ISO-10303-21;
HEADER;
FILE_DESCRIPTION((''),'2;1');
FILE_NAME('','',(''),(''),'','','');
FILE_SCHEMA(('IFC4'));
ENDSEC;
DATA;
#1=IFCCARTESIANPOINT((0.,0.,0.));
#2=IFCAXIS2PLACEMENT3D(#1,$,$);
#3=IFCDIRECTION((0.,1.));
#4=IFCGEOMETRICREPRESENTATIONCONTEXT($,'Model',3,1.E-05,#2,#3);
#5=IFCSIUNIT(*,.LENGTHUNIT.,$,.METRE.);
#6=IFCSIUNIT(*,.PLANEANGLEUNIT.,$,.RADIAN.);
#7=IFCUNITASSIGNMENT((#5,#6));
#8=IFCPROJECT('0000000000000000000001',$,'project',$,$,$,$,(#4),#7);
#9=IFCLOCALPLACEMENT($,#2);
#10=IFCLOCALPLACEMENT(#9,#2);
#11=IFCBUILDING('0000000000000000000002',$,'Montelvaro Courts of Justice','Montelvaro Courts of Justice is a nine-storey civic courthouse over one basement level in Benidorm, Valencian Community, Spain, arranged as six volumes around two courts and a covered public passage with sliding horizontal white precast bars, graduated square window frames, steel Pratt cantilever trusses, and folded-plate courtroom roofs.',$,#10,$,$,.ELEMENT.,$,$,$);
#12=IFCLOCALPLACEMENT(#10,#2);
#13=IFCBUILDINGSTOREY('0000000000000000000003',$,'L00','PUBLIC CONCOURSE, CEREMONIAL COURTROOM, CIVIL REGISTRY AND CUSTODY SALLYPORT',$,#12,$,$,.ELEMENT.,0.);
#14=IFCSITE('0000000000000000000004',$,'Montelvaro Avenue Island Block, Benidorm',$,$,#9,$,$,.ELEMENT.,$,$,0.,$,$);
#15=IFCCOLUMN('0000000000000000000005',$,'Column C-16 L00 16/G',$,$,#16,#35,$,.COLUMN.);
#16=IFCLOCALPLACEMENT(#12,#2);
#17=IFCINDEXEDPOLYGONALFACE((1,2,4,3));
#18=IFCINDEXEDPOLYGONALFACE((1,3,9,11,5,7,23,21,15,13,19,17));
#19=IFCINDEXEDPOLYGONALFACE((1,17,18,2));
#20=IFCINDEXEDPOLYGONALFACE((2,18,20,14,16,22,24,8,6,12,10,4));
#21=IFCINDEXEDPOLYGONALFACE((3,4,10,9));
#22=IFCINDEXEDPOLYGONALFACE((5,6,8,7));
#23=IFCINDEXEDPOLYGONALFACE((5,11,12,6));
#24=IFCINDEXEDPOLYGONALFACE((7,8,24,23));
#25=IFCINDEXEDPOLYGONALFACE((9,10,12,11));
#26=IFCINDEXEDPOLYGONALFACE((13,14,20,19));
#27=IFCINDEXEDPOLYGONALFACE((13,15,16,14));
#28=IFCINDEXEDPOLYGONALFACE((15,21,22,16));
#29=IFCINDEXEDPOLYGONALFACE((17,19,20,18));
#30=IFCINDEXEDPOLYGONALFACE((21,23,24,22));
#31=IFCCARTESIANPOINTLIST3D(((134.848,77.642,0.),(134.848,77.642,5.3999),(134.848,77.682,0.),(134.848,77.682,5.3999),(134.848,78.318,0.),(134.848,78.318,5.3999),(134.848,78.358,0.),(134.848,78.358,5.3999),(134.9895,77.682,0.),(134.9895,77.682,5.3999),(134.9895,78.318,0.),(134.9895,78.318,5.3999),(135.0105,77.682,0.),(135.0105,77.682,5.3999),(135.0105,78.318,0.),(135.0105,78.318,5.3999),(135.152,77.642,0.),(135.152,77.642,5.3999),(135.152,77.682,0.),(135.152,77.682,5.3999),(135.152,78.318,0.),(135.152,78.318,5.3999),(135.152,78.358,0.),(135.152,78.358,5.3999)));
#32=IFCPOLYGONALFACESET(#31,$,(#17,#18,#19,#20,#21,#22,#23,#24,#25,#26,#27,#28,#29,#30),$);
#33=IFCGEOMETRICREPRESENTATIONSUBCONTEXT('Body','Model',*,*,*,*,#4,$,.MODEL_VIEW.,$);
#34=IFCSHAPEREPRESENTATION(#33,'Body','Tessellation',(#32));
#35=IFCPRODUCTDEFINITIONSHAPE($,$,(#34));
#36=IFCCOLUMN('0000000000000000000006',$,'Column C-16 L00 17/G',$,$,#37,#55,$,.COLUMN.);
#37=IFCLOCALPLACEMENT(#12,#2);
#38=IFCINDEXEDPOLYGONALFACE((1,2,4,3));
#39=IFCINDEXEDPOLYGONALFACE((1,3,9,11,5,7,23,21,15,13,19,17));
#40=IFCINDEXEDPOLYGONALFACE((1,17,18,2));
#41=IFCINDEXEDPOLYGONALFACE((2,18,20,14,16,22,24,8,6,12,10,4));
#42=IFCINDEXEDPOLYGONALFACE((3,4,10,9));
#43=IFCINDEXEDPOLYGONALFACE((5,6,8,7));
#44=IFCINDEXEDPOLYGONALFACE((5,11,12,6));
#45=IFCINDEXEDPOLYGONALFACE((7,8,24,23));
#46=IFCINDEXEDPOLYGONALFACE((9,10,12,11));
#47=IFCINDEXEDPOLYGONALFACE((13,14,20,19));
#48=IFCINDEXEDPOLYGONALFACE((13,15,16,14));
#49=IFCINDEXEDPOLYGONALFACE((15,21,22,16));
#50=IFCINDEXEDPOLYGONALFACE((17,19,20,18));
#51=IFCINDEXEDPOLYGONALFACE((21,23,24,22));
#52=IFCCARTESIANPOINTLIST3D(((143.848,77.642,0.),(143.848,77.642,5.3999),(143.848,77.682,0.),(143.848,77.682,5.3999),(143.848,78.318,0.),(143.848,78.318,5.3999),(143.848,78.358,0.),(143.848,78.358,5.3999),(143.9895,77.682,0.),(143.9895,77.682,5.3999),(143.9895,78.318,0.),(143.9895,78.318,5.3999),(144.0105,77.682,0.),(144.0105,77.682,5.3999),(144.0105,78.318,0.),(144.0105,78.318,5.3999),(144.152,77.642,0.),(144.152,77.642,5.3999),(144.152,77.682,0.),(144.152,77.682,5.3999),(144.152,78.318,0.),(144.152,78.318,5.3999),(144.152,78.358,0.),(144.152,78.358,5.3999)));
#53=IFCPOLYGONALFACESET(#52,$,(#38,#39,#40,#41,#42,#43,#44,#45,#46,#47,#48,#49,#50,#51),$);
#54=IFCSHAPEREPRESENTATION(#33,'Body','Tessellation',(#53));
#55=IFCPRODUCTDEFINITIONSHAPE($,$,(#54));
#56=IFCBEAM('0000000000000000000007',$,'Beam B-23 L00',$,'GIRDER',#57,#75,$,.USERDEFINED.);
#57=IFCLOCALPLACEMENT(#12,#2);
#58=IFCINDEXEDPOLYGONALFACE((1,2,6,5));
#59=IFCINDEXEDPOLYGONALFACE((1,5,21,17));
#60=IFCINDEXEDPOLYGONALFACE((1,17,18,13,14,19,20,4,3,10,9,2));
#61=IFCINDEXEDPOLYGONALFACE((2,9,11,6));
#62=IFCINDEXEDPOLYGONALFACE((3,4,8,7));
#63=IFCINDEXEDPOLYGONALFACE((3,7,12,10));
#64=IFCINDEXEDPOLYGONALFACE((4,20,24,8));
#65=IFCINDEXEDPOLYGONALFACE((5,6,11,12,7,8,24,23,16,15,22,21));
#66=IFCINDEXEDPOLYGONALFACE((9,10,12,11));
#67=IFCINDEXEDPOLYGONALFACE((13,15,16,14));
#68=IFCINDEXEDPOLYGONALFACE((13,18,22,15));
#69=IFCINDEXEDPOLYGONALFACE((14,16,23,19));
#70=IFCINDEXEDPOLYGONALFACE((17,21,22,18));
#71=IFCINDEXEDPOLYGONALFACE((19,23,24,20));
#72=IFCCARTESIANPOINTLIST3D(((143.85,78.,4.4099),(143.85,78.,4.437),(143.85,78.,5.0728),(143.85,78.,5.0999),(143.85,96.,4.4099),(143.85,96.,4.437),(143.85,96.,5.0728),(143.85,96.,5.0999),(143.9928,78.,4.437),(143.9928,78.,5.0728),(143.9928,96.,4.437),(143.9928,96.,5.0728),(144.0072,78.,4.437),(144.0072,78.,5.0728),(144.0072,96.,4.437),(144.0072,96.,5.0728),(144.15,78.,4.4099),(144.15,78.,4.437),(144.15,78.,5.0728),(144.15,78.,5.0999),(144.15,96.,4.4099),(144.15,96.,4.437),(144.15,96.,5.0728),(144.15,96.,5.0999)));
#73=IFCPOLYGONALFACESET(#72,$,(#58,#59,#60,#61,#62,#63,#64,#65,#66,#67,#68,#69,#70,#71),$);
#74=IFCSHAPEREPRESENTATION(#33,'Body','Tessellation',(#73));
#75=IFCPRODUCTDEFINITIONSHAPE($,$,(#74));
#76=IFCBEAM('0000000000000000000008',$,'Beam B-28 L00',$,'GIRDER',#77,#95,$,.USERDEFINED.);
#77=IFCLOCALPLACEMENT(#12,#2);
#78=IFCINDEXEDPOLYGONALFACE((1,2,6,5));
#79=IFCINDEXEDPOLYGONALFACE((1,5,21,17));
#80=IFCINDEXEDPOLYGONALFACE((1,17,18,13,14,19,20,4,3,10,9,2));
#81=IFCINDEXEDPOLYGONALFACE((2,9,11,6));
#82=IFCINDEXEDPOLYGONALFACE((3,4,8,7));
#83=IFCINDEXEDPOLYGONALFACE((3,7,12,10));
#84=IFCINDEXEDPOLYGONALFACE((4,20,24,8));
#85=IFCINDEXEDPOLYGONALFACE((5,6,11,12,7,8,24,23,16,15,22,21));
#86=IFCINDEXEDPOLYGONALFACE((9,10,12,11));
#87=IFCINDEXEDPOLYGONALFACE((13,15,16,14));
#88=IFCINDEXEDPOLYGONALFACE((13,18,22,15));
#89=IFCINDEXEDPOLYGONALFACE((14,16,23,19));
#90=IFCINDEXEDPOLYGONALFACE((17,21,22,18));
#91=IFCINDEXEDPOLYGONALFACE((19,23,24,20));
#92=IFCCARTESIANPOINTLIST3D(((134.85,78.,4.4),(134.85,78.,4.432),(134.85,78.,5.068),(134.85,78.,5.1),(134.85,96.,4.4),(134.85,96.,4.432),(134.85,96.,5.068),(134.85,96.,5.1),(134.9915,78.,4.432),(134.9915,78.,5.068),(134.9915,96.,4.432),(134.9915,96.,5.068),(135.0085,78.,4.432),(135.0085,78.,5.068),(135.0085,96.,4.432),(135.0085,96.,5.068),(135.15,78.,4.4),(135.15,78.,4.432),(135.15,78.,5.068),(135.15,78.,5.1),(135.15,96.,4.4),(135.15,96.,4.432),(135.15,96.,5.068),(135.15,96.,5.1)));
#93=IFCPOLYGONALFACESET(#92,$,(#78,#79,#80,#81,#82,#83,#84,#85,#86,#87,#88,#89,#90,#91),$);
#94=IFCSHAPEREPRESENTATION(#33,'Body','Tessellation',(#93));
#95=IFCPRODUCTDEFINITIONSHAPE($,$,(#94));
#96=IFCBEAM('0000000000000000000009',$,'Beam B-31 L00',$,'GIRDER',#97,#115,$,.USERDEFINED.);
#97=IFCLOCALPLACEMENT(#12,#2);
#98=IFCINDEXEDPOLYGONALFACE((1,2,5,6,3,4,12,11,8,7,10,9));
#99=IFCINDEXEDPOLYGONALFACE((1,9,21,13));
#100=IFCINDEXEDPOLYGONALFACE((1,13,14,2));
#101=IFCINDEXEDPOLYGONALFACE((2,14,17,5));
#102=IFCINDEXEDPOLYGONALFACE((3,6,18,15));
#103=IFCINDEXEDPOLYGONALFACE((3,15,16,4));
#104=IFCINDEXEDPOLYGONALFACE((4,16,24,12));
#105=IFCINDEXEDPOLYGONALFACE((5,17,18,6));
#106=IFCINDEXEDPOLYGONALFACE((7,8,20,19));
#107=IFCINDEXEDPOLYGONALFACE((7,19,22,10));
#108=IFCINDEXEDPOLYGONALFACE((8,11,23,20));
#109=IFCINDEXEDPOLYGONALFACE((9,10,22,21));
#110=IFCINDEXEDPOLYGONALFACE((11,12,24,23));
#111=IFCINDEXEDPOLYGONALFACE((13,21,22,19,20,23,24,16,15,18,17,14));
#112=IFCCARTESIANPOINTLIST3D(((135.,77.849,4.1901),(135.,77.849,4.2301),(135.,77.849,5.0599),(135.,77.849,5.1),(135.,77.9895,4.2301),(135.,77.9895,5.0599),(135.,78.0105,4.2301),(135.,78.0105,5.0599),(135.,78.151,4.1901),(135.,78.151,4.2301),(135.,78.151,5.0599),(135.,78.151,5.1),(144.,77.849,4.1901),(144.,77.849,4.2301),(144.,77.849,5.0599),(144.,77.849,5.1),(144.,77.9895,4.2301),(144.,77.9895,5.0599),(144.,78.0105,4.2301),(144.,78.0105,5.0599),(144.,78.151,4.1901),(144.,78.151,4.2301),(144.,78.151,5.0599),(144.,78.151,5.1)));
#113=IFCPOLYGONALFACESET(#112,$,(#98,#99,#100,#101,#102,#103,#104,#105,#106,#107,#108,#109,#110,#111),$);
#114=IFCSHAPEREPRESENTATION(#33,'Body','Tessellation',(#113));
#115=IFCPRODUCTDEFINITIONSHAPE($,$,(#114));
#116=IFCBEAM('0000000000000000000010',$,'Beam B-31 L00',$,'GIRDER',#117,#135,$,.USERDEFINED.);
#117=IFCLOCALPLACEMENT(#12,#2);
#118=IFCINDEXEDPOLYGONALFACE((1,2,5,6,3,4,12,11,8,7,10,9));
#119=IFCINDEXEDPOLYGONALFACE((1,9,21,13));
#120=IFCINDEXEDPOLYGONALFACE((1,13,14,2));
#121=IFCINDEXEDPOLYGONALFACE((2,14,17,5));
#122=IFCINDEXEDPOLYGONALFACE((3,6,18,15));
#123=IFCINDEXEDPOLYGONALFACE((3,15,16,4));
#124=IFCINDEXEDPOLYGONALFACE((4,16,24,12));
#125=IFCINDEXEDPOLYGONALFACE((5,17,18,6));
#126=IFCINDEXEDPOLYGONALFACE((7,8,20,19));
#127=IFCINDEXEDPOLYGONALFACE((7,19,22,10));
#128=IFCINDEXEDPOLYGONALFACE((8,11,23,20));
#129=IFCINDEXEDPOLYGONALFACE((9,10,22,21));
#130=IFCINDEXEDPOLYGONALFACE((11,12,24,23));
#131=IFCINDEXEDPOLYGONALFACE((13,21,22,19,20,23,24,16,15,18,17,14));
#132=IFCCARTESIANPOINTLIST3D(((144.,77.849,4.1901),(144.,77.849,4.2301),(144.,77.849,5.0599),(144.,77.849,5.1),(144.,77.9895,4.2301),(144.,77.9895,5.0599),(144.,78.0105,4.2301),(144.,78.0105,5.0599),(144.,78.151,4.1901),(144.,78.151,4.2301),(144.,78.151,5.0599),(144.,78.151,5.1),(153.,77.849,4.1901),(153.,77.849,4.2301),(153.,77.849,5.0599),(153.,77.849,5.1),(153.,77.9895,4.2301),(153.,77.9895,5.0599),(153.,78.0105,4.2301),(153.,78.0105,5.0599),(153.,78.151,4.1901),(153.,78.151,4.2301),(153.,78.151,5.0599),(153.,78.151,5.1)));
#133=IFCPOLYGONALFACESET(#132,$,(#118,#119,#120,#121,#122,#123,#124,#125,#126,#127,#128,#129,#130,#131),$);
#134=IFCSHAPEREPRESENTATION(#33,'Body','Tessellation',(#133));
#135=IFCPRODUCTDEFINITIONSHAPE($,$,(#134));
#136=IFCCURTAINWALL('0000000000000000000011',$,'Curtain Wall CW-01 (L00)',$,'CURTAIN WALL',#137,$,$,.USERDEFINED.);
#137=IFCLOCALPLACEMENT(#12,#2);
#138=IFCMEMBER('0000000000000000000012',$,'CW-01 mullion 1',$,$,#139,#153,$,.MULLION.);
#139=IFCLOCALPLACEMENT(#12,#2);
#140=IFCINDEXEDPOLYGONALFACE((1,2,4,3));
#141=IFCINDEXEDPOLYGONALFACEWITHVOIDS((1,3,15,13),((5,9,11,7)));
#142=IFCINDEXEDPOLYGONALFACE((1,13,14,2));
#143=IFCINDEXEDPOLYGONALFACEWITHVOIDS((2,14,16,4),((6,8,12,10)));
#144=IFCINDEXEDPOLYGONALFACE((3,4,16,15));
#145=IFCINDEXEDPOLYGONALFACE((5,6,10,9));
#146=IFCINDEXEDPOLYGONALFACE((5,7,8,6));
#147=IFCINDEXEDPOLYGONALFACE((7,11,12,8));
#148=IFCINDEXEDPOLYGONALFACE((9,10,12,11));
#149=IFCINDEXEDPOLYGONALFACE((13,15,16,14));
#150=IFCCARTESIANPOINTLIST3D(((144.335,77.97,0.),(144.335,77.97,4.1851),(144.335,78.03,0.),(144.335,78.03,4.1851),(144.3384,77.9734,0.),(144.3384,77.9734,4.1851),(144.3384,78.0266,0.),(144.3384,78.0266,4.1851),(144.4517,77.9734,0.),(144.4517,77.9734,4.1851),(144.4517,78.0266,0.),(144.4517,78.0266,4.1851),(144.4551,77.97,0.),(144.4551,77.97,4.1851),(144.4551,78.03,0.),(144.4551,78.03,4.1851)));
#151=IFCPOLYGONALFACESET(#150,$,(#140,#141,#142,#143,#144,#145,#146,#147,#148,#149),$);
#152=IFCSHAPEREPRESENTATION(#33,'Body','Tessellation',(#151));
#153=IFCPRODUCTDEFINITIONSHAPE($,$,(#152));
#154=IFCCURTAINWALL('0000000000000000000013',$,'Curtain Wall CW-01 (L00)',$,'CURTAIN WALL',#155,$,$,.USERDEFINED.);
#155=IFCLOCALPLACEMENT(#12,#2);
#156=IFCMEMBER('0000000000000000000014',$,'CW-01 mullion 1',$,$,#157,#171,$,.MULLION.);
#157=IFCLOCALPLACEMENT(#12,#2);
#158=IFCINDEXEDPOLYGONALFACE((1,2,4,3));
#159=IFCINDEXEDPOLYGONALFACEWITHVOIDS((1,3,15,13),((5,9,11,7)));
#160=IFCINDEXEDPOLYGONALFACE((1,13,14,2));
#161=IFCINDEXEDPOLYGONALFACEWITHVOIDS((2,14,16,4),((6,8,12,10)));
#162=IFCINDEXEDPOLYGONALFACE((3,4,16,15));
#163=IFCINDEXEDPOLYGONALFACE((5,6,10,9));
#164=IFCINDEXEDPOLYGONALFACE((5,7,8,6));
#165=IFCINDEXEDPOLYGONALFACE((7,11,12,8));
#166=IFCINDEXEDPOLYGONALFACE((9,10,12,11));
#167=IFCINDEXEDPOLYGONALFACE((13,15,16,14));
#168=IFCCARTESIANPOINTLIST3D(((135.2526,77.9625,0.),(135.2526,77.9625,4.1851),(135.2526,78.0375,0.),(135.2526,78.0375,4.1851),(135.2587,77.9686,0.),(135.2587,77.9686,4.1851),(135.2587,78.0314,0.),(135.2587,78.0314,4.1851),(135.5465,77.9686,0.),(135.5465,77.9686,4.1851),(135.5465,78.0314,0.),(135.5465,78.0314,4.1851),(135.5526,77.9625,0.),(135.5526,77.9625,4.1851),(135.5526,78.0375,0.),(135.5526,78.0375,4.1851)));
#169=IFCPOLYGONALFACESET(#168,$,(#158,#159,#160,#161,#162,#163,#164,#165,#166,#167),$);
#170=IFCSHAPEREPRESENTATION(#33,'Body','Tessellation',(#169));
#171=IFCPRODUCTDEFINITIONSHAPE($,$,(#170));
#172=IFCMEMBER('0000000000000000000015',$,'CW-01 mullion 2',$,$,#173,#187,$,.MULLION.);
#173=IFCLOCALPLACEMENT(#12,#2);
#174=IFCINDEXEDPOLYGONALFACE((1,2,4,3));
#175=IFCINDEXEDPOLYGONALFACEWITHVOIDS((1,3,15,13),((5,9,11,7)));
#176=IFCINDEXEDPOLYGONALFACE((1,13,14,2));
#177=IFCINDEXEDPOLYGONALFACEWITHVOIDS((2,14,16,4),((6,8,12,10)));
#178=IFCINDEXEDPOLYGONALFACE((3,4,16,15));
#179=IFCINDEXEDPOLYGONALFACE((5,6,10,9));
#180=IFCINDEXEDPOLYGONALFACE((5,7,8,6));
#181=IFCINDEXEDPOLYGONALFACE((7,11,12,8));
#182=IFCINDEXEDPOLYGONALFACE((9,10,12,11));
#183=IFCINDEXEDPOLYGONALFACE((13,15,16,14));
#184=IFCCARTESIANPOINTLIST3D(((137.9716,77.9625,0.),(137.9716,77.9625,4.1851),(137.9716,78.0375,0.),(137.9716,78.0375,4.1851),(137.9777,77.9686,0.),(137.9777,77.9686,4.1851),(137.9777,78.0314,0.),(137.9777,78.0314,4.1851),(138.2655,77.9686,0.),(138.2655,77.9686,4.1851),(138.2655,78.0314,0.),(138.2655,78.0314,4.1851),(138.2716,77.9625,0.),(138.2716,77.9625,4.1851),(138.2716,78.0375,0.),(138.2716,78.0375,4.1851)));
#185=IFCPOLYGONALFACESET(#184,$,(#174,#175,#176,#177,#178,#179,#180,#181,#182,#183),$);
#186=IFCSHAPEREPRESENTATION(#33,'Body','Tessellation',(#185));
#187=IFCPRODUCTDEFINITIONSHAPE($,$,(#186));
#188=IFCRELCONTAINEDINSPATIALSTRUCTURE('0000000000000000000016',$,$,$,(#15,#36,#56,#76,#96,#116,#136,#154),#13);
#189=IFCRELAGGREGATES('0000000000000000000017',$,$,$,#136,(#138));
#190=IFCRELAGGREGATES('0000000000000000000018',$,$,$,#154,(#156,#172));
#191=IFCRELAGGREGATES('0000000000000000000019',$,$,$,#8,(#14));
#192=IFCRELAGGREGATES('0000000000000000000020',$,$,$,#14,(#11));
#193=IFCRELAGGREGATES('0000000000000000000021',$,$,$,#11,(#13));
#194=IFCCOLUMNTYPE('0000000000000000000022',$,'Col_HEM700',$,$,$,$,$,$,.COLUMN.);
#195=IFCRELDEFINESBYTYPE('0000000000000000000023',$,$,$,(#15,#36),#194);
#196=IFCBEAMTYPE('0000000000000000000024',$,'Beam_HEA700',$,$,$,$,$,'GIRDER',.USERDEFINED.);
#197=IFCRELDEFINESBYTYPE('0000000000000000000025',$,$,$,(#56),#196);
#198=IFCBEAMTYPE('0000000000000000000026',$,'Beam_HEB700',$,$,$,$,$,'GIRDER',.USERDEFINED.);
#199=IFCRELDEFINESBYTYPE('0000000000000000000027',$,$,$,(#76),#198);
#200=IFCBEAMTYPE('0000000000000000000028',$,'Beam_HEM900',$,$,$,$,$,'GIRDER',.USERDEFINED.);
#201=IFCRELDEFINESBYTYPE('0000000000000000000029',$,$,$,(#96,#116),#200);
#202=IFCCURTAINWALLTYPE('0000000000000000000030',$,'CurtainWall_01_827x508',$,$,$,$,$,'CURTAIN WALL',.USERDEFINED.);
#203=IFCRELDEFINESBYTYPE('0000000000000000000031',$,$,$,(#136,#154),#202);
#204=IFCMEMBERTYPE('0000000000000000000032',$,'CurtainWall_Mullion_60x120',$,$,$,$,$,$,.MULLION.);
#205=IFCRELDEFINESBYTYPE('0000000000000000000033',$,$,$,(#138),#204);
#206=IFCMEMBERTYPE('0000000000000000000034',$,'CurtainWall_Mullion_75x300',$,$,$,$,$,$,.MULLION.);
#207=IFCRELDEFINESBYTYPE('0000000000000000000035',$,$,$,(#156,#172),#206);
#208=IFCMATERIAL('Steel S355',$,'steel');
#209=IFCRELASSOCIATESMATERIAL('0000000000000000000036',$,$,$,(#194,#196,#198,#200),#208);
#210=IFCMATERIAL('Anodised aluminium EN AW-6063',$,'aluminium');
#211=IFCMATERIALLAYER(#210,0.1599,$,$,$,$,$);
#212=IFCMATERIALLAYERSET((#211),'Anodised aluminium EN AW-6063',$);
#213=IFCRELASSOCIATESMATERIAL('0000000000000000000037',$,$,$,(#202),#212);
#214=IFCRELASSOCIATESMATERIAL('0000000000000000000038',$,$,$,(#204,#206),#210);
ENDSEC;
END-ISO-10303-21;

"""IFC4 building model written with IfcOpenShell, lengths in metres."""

from ifc_helpers import new_model, si_unit, direction, frame, origin, origin_2d, place, context, subcontext, project, spatial, hollow_rectangle, i_section, extrude, material, layer, layer_set, material_profile, profile_set, type_object, element, aggregate, save


model = new_model("IFC4")

# Units and contexts
model_context = context("Model", 3, precision=1e-05, world=origin(), true_north=direction((0.0, 1.0)))
body_context = subcontext(model_context, "Body", "Model", "MODEL_VIEW")
ifc_project = project(units=[si_unit("LENGTHUNIT", "METRE"), si_unit("PLANEANGLEUNIT", "RADIAN")], contexts=[model_context])

# Site, building, storey
site_placement = place(None, origin())
site = spatial("IfcSite", under=ifc_project, at=site_placement, Name="Montelvaro Avenue Island Block, Benidorm", CompositionType="ELEMENT", RefElevation=0.0)
building_placement = place(site_placement, origin())
building = spatial("IfcBuilding", under=site, at=building_placement, Name="Montelvaro Courts of Justice", Description="Montelvaro Courts of Justice is a nine-storey civic courthouse over one basement level in Benidorm, Valencian Community, Spain, arranged as six volumes around two courts and a covered public passage with sliding horizontal white precast bars, graduated square window frames, steel Pratt cantilever trusses, and folded-plate courtroom roofs.", CompositionType="ELEMENT")
storey_placement = place(building_placement, origin())
storey = spatial("IfcBuildingStorey", under=building, at=storey_placement, Name="L00", Description="PUBLIC CONCOURSE, CEREMONIAL COURTROOM, CIVIL REGISTRY AND CUSTODY SALLYPORT", CompositionType="ELEMENT", Elevation=0.0)

# Columns
ifc_material_1 = material(Name="Steel S355", Category="steel")
ifc_material_profile_1 = material_profile(ifc_material_1, i_section(OverallWidth=0.304, OverallDepth=0.7161, WebThickness=0.021, FlangeThickness=0.04, at=origin_2d()), Name="HEM 700")
ifc_profile_set_1 = profile_set([ifc_material_profile_1], Name="Steel S355")
column_type = type_object("IfcColumnType", Name="Col_HEM700", PredefinedType="COLUMN", material=ifc_profile_set_1)
for number, where, z_axis, x_axis, name in (
    (1, (135.0, 78.0, 0.0), (0.0, 0.0, 1.0), (1.0, 0.0, 0.0), "Column C-16 L00 16/G"),
    (2, (144.0, 78.0, 0.0), (0.0, 0.0, 1.0), (1.0, 0.0, 0.0), "Column C-16 L00 17/G"),
):
    element("IfcColumn", number, at=place(storey_placement, frame(where, z_axis=z_axis, x_axis=x_axis)), inside=storey, type_object=column_type, Name=name, PredefinedType="COLUMN", context=body_context, shape_type="SweptSolid", body=[
        extrude(i_section(OverallWidth=0.304, OverallDepth=0.7161, WebThickness=0.021, FlangeThickness=0.04, at=origin_2d()), origin(), (0.0, 0.0, 1.0), 5.3999),
    ])

# Beams
ifc_material_profile_2 = material_profile(ifc_material_1, i_section(OverallWidth=0.3, OverallDepth=0.6899, WebThickness=0.0144, FlangeThickness=0.0271, at=origin_2d()), Name="HEA 700")
ifc_profile_set_2 = profile_set([ifc_material_profile_2], Name="Steel S355")
beam_type_1 = type_object("IfcBeamType", Name="Beam_HEA700", ElementType="GIRDER", PredefinedType="USERDEFINED", material=ifc_profile_set_2)
beam_1_placement = place(storey_placement, frame((144.0, 78.0, 4.7549), z_axis=(0.0, 1.0, 0.0), x_axis=(-1.0, 0.0, 0.0)))
element("IfcBeam", 3, at=beam_1_placement, inside=storey, type_object=beam_type_1, Name="Beam B-23 L00", ObjectType="GIRDER", PredefinedType="USERDEFINED", context=body_context, shape_type="SweptSolid", body=[
    extrude(i_section(OverallWidth=0.3, OverallDepth=0.6899, WebThickness=0.0144, FlangeThickness=0.0271, at=origin_2d()), origin(), (0.0, 0.0, 1.0), 18.0),
])
ifc_material_profile_3 = material_profile(ifc_material_1, i_section(OverallWidth=0.3, OverallDepth=0.7, WebThickness=0.0171, FlangeThickness=0.032, at=origin_2d()), Name="HEB 700")
ifc_profile_set_3 = profile_set([ifc_material_profile_3], Name="Steel S355")
beam_type_2 = type_object("IfcBeamType", Name="Beam_HEB700", ElementType="GIRDER", PredefinedType="USERDEFINED", material=ifc_profile_set_3)
beam_2_placement = place(storey_placement, frame((135.0, 78.0, 4.75), z_axis=(0.0, 1.0, 0.0), x_axis=(-1.0, 0.0, 0.0)))
element("IfcBeam", 4, at=beam_2_placement, inside=storey, type_object=beam_type_2, Name="Beam B-28 L00", ObjectType="GIRDER", PredefinedType="USERDEFINED", context=body_context, shape_type="SweptSolid", body=[
    extrude(i_section(OverallWidth=0.3, OverallDepth=0.7, WebThickness=0.0171, FlangeThickness=0.032, at=origin_2d()), origin(), (0.0, 0.0, 1.0), 18.0),
])
ifc_material_profile_4 = material_profile(ifc_material_1, i_section(OverallWidth=0.302, OverallDepth=0.9099, WebThickness=0.021, FlangeThickness=0.04, at=origin_2d()), Name="HEM 900")
ifc_profile_set_4 = profile_set([ifc_material_profile_4], Name="Steel S355")
beam_type_3 = type_object("IfcBeamType", Name="Beam_HEM900", ElementType="GIRDER", PredefinedType="USERDEFINED", material=ifc_profile_set_4)
for number, where, z_axis, x_axis, name in (
    (5, (135.0, 78.0, 4.645), (1.0, 0.0, 0.0), (0.0, 1.0, 0.0), "Beam B-31 L00"),
    (6, (144.0, 78.0, 4.645), (1.0, 0.0, 0.0), (0.0, 1.0, 0.0), "Beam B-31 L00"),
):
    element("IfcBeam", number, at=place(storey_placement, frame(where, z_axis=z_axis, x_axis=x_axis)), inside=storey, type_object=beam_type_3, Name=name, ObjectType="GIRDER", PredefinedType="USERDEFINED", context=body_context, shape_type="SweptSolid", body=[
        extrude(i_section(OverallWidth=0.302, OverallDepth=0.9099, WebThickness=0.021, FlangeThickness=0.04, at=origin_2d()), origin(), (0.0, 0.0, 1.0), 9.0),
    ])

# Curtain wall, member
ifc_material_2 = material(Name="Anodised aluminium EN AW-6063", Category="aluminium")
ifc_layer_1 = layer(ifc_material_2, 0.1599)
ifc_layer_set_1 = layer_set([ifc_layer_1], Name="Anodised aluminium EN AW-6063")
curtain_wall_type = type_object("IfcCurtainWallType", Name="CurtainWall_01_827x508", ElementType="CURTAIN WALL", PredefinedType="USERDEFINED", material=ifc_layer_set_1)
curtain_wall_1_placement = place(storey_placement, origin())
curtain_wall_1 = element("IfcCurtainWall", 7, at=curtain_wall_1_placement, inside=storey, type_object=curtain_wall_type, Name="Curtain Wall CW-01 (L00)", ObjectType="CURTAIN WALL", PredefinedType="USERDEFINED")
ifc_material_profile_5 = material_profile(ifc_material_2, hollow_rectangle(XDim=0.0601, YDim=0.1201, WallThickness=0.0034, at=origin_2d()), Name="ALU-M 60x120")
ifc_profile_set_5 = profile_set([ifc_material_profile_5], Name="Anodised aluminium EN AW-6063")
member_type_1 = type_object("IfcMemberType", Name="CurtainWall_Mullion_60x120", PredefinedType="MULLION", material=ifc_profile_set_5)
member_1_placement = place(storey_placement, frame((144.395, 78.0, 0.0), z_axis=(0.0, 0.0, 1.0), x_axis=(0.0, 1.0, 0.0)))
member_1 = element("IfcMember", 8, at=member_1_placement, type_object=member_type_1, Name="CW-01 mullion 1", PredefinedType="MULLION", context=body_context, shape_type="SweptSolid", body=[
    extrude(hollow_rectangle(XDim=0.0601, YDim=0.1201, WallThickness=0.0034, at=origin_2d()), origin(), (0.0, 0.0, 1.0), 4.1851),
])
aggregate(curtain_wall_1, [member_1])

# Curtain wall, members
curtain_wall_2_placement = place(storey_placement, origin())
curtain_wall_2 = element("IfcCurtainWall", 9, at=curtain_wall_2_placement, inside=storey, type_object=curtain_wall_type, Name="Curtain Wall CW-01 (L00)", ObjectType="CURTAIN WALL", PredefinedType="USERDEFINED")
ifc_material_profile_6 = material_profile(ifc_material_2, hollow_rectangle(XDim=0.075, YDim=0.3, WallThickness=0.0061, at=origin_2d()), Name="ALU-M 75x300")
ifc_profile_set_6 = profile_set([ifc_material_profile_6], Name="Anodised aluminium EN AW-6063")
member_type_2 = type_object("IfcMemberType", Name="CurtainWall_Mullion_75x300", PredefinedType="MULLION", material=ifc_profile_set_6)
member_2_placement = place(storey_placement, frame((135.4026, 78.0, 0.0), z_axis=(0.0, 0.0, 1.0), x_axis=(0.0, 1.0, 0.0)))
member_2 = element("IfcMember", 10, at=member_2_placement, type_object=member_type_2, Name="CW-01 mullion 1", PredefinedType="MULLION", context=body_context, shape_type="SweptSolid", body=[
    extrude(hollow_rectangle(XDim=0.075, YDim=0.3, WallThickness=0.0061, at=origin_2d()), origin(), (0.0, 0.0, 1.0), 4.1851),
])
member_3_placement = place(storey_placement, frame((138.1216, 78.0, 0.0), z_axis=(0.0, 0.0, 1.0), x_axis=(0.0, 1.0, 0.0)))
member_3 = element("IfcMember", 11, at=member_3_placement, type_object=member_type_2, Name="CW-01 mullion 2", PredefinedType="MULLION", context=body_context, shape_type="SweptSolid", body=[
    extrude(hollow_rectangle(XDim=0.075, YDim=0.3, WallThickness=0.0061, at=origin_2d()), origin(), (0.0, 0.0, 1.0), 4.1851),
])
aggregate(curtain_wall_2, [member_2, member_3])

save(model, "model.ifc")
